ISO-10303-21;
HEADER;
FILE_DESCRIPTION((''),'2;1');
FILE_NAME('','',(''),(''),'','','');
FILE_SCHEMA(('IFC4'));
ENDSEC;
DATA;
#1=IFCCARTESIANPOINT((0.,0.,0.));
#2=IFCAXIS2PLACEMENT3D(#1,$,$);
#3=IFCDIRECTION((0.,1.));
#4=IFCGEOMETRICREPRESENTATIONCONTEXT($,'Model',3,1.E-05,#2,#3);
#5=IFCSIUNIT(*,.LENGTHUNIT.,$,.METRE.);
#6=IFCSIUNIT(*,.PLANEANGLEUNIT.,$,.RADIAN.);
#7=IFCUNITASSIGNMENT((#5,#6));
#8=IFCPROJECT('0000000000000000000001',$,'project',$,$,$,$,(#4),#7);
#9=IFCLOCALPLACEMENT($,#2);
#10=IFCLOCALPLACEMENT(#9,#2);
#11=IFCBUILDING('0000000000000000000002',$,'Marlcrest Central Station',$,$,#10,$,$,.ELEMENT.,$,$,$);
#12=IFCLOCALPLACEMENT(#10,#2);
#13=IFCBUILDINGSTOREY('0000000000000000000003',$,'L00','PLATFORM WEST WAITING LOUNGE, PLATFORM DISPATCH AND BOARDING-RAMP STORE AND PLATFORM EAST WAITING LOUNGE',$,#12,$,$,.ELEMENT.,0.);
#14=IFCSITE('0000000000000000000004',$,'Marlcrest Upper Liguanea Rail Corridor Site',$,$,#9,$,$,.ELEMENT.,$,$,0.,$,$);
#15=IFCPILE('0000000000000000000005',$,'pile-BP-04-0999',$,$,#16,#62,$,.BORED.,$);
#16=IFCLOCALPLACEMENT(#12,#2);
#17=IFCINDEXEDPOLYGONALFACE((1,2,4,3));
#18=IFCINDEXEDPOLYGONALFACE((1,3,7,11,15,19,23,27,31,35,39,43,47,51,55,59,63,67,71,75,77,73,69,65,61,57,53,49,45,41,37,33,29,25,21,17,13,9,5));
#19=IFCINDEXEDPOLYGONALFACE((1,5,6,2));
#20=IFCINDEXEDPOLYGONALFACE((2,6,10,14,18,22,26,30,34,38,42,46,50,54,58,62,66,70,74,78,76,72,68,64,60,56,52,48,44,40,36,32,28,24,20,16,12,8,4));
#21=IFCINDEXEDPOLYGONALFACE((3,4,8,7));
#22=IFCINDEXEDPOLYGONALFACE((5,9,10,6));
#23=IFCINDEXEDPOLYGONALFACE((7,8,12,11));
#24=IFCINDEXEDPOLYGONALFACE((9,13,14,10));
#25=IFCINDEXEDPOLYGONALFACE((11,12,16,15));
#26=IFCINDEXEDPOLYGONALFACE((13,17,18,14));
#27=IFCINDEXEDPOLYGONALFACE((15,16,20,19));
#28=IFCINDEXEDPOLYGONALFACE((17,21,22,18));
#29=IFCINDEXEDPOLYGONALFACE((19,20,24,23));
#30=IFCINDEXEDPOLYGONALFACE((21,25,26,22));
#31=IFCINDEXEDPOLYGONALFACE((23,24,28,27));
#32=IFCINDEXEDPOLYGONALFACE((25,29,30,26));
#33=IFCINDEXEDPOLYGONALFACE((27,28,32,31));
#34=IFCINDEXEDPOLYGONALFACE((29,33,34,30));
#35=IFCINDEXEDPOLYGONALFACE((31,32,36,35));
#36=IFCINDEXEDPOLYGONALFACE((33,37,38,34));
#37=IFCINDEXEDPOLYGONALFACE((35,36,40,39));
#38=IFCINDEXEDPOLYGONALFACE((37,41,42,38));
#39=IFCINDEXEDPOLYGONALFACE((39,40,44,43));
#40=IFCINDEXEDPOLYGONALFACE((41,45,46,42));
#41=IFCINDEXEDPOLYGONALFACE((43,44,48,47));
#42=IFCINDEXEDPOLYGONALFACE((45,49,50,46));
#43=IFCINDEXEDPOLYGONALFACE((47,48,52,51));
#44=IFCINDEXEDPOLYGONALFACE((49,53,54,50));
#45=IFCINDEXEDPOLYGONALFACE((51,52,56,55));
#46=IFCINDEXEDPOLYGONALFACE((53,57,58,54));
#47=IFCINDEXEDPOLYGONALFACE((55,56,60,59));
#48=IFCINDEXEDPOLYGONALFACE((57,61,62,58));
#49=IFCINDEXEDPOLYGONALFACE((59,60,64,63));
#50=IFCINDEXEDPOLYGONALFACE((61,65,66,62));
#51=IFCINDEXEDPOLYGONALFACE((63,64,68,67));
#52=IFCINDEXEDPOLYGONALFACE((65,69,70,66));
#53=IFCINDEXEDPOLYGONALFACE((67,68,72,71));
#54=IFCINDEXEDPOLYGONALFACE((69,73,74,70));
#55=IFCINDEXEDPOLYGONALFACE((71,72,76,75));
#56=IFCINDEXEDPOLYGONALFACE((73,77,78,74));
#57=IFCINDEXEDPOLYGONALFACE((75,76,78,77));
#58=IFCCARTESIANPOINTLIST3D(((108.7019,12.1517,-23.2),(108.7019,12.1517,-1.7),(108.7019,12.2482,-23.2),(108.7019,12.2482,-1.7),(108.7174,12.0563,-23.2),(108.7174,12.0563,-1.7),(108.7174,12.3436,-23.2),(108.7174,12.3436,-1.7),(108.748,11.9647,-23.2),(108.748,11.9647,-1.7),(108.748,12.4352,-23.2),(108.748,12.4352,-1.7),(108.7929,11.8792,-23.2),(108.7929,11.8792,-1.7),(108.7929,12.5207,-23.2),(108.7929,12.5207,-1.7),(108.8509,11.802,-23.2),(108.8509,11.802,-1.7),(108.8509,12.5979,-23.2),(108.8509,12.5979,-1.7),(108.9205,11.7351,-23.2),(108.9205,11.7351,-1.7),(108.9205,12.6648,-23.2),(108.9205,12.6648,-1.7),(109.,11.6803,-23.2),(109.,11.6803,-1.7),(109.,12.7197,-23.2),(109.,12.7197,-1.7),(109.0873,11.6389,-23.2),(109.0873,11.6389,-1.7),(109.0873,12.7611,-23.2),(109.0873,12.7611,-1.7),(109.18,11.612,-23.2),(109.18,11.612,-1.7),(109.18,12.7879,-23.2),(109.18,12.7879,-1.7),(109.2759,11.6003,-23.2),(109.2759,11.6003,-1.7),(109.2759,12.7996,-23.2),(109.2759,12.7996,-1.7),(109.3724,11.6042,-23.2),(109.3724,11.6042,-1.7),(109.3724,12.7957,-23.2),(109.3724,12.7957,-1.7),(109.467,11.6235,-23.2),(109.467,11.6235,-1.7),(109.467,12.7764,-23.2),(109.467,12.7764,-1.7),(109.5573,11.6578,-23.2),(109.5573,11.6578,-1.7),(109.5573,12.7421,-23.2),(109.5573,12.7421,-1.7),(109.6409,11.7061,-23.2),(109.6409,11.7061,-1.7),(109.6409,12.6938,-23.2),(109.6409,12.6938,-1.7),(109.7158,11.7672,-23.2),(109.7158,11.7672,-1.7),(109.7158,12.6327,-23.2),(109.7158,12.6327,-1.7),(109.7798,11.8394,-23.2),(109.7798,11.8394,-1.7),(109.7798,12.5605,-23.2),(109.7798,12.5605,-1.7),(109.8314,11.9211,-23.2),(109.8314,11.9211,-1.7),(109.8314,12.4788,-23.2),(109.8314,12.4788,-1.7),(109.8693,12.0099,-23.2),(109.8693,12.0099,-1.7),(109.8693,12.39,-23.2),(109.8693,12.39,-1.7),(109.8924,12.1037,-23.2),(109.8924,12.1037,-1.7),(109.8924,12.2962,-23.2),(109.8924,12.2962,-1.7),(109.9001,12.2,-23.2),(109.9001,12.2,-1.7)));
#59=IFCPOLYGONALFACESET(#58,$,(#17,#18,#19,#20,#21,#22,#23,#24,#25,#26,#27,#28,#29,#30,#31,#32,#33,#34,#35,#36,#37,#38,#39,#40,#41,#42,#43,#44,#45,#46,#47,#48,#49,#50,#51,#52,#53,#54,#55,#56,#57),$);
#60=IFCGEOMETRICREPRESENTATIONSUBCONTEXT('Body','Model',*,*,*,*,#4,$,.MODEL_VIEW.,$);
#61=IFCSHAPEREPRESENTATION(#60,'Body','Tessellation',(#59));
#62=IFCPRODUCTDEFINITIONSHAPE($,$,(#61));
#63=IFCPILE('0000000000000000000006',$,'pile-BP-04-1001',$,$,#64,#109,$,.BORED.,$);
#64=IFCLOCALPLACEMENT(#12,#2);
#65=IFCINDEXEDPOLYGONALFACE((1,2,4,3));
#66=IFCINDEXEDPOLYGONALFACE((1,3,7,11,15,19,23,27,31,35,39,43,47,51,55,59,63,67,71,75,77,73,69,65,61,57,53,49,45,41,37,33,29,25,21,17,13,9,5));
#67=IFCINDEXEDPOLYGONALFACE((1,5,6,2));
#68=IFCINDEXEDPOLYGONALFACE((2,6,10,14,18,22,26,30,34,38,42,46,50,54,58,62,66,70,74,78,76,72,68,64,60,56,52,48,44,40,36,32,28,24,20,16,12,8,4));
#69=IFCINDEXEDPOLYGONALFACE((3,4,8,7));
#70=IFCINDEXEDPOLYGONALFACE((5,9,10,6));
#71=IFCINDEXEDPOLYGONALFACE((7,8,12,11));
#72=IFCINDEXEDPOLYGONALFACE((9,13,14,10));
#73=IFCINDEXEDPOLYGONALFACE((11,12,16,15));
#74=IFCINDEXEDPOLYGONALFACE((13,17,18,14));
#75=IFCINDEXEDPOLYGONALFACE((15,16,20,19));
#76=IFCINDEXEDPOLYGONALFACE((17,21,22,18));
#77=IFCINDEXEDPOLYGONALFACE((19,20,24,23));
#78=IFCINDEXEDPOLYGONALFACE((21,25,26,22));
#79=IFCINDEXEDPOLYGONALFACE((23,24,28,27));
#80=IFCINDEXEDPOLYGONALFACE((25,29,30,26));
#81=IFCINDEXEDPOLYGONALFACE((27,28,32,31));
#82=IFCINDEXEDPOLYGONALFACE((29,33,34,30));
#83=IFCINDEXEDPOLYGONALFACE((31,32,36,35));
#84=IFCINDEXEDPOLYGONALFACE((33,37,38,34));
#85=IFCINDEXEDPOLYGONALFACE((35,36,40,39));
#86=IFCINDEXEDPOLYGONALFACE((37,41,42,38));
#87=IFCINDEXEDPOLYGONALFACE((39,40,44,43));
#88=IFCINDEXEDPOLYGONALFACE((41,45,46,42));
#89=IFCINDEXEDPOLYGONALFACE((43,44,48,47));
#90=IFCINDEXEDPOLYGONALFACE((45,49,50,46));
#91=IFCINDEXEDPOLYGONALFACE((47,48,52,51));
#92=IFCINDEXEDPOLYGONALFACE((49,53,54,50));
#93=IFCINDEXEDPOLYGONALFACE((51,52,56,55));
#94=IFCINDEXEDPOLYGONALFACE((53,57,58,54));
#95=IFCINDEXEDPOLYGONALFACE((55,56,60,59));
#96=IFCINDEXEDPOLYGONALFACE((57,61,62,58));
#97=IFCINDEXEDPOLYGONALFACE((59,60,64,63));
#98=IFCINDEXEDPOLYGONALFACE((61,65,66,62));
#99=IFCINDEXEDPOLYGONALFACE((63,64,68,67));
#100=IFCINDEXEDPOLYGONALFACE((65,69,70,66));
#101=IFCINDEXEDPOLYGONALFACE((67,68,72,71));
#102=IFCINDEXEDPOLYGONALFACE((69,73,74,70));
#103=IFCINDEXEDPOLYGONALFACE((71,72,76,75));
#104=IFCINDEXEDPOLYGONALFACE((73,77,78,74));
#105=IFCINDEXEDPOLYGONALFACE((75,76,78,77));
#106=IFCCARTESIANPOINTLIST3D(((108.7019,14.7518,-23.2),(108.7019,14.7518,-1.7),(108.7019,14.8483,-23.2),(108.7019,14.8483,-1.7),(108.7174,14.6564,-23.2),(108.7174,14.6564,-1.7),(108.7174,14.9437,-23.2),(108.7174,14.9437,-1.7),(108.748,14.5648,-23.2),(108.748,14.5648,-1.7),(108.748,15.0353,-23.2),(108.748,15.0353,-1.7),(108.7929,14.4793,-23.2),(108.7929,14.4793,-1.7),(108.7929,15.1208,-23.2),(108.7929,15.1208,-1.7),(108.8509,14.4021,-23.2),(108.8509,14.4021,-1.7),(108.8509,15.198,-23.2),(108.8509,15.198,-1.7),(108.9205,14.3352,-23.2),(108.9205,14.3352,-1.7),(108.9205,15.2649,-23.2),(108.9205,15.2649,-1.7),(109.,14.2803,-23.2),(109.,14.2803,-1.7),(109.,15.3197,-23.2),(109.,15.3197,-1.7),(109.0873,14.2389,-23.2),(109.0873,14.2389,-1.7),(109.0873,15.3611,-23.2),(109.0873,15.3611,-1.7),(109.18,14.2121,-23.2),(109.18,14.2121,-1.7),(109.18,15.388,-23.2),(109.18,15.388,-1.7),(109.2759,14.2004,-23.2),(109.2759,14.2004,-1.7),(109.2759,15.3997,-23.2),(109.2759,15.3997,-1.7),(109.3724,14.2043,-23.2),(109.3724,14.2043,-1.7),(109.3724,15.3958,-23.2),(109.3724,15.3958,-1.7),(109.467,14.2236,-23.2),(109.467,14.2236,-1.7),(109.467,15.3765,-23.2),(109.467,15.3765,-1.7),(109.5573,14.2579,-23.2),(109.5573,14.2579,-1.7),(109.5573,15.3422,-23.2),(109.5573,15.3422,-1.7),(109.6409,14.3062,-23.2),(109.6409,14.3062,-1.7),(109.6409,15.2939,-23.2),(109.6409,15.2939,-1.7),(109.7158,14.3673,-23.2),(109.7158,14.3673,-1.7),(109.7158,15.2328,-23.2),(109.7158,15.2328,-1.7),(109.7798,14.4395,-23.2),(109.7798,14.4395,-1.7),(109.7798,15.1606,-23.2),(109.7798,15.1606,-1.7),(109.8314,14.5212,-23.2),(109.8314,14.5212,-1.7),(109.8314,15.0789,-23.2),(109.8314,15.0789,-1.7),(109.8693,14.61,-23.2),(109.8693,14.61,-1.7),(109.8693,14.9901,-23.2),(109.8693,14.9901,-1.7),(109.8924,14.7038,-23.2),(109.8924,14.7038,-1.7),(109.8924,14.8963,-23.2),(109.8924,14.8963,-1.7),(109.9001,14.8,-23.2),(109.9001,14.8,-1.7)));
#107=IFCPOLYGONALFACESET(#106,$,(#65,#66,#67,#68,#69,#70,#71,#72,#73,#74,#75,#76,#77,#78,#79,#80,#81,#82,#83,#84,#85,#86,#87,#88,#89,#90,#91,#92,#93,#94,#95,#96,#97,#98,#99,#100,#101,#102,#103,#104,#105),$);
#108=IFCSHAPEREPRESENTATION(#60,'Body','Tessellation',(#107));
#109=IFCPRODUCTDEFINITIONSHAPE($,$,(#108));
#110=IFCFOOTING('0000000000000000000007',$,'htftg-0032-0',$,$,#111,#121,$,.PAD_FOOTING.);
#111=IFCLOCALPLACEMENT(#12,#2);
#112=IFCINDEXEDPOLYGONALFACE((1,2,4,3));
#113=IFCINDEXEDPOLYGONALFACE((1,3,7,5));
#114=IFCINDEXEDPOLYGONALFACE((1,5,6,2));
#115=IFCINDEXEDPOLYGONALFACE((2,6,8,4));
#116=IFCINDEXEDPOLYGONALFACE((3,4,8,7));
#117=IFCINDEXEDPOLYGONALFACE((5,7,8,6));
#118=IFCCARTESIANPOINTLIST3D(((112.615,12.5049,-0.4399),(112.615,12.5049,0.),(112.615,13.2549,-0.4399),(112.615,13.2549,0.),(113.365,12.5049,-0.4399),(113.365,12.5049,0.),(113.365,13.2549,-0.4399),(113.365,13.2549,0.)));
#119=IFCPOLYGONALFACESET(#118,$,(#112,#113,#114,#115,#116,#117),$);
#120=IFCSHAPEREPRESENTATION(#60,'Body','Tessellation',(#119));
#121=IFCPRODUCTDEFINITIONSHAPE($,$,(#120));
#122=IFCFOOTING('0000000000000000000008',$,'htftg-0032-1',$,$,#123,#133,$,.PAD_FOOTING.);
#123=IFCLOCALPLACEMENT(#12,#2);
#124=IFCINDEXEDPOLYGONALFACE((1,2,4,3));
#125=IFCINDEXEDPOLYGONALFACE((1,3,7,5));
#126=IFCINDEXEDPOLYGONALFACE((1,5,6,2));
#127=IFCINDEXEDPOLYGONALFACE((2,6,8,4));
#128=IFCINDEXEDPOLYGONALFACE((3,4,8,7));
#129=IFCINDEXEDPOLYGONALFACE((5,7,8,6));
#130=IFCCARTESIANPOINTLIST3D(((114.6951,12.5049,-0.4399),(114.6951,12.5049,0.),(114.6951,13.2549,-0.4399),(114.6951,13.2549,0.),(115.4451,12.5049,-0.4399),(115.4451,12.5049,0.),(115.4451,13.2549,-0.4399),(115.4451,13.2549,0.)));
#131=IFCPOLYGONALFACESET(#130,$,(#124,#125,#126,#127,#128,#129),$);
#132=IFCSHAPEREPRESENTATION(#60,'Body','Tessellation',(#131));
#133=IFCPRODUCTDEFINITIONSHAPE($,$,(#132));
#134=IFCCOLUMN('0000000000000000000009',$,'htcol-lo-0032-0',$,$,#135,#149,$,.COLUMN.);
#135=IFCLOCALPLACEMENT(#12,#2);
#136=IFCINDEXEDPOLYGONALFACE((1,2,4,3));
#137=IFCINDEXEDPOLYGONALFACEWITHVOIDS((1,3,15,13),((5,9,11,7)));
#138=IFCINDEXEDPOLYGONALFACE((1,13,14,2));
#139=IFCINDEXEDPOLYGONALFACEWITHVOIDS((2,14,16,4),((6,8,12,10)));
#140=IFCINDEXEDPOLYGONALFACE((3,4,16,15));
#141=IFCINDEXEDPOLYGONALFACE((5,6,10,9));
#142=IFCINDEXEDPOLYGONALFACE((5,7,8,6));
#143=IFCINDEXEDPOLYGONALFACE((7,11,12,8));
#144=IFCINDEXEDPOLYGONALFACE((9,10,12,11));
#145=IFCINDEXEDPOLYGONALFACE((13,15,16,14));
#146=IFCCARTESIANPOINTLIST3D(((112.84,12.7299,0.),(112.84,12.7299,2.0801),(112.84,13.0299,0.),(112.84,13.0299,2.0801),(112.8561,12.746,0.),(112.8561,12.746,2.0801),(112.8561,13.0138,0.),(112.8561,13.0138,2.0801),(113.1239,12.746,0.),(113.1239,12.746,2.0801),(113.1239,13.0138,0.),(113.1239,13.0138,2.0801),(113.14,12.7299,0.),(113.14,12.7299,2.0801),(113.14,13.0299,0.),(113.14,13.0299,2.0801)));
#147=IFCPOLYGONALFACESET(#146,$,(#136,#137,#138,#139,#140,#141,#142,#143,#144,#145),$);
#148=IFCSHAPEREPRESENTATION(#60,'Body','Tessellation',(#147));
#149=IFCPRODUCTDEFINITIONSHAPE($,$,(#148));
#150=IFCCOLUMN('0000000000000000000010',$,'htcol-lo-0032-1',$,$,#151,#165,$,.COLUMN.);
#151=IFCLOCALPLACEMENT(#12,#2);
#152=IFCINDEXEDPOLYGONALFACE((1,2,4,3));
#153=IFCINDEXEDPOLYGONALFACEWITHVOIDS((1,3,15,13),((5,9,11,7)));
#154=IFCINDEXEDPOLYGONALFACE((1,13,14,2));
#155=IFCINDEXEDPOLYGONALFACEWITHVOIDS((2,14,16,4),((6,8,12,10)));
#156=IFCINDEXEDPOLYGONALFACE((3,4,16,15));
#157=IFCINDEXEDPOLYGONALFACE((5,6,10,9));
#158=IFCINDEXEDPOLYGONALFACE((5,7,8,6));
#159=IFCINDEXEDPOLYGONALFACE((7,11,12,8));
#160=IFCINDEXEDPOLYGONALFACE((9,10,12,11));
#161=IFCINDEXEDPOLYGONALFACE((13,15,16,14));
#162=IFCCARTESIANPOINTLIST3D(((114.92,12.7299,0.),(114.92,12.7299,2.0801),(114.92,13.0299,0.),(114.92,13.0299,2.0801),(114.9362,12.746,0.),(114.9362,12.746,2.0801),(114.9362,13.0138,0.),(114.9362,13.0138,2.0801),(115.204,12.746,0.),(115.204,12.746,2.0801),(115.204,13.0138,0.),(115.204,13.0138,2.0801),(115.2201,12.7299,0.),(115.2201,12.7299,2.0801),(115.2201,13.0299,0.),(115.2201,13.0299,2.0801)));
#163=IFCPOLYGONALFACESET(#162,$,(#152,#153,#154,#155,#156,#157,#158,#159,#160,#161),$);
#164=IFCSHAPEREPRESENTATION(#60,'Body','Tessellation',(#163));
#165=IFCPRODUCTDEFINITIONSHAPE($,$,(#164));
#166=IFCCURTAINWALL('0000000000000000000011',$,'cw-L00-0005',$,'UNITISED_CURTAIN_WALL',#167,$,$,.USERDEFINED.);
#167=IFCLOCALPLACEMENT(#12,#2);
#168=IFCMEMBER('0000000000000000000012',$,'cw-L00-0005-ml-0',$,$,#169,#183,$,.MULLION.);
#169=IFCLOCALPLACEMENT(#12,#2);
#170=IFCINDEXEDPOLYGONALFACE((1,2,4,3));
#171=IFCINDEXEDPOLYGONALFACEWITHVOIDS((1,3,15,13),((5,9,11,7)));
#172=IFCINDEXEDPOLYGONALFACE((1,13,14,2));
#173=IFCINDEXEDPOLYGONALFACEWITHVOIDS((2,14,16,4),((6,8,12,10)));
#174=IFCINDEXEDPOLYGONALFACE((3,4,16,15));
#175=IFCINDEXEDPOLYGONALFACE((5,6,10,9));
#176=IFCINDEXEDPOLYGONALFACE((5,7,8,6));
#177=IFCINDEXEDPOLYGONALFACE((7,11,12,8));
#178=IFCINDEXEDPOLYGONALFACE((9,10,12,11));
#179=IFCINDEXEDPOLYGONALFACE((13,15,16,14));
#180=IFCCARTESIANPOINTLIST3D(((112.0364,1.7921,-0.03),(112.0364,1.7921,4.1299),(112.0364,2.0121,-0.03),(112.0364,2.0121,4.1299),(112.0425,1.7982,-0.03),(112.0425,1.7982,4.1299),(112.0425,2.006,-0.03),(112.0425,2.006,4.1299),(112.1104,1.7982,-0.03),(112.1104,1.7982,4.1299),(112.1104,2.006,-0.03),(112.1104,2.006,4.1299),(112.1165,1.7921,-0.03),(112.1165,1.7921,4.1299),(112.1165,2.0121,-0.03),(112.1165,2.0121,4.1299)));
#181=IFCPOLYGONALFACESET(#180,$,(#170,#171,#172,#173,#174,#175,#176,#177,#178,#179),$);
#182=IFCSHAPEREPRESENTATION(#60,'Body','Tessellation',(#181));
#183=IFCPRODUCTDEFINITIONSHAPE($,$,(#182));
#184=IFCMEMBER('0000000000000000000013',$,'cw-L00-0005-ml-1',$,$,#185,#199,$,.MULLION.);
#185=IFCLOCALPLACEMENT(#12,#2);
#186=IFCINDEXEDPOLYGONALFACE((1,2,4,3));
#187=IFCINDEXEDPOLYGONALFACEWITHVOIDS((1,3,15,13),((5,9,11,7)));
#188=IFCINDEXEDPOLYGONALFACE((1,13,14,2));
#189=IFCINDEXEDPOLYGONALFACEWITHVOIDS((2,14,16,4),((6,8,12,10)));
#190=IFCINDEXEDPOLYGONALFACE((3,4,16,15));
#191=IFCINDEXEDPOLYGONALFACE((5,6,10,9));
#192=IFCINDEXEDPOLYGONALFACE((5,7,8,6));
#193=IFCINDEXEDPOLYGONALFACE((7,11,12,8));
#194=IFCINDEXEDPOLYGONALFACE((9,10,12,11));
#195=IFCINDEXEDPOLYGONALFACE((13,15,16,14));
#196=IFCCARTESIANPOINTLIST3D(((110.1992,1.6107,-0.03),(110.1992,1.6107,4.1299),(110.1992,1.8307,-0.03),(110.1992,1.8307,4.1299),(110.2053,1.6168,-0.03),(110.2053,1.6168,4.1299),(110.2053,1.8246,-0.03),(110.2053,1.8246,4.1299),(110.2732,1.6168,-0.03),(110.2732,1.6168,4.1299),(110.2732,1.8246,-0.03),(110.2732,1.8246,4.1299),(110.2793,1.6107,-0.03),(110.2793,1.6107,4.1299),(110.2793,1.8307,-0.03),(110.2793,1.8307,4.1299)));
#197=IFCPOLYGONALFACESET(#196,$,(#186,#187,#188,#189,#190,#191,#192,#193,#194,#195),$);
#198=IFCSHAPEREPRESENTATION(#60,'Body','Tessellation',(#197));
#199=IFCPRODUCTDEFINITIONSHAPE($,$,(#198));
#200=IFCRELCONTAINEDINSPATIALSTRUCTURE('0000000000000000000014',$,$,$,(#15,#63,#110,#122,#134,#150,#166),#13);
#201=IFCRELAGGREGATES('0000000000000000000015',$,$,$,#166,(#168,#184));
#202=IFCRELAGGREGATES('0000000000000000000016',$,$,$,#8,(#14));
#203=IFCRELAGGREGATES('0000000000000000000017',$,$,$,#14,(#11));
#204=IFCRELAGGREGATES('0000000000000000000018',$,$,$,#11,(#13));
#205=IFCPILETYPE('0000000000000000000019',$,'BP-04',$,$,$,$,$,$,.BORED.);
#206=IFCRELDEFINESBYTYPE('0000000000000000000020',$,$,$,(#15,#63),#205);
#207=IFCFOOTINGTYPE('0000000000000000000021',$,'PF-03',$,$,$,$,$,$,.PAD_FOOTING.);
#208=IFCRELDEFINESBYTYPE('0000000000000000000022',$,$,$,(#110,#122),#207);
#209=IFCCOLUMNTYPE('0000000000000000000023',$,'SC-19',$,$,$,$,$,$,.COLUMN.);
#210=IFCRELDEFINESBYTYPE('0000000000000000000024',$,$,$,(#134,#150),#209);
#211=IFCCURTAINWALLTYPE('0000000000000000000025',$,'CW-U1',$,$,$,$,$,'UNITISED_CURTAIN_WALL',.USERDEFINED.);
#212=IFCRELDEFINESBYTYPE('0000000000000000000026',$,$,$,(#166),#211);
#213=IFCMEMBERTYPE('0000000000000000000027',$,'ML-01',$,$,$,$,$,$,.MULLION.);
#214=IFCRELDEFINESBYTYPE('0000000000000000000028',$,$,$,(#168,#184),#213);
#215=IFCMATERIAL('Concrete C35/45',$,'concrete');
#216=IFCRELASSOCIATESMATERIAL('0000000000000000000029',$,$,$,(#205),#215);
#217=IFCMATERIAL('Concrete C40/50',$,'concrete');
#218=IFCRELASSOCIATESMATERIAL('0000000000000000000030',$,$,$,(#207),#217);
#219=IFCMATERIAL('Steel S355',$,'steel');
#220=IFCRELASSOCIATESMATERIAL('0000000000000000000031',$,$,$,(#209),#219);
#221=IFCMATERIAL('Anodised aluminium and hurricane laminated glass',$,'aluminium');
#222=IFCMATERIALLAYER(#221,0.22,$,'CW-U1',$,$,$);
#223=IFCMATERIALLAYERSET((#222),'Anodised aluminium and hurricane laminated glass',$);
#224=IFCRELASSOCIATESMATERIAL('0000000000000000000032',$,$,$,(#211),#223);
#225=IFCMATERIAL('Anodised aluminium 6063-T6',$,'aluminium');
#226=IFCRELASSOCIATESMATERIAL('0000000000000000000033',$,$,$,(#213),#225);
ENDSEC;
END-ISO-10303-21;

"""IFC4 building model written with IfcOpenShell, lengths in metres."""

from ifc_helpers import new_model, si_unit, direction, frame, origin, origin_2d, place, context, subcontext, project, spatial, rectangle, hollow_rectangle, circle, extrude, material, layer, layer_set, material_profile, profile_set, type_object, element, aggregate, save


model = new_model("IFC4")

# Units and contexts
model_context = context("Model", 3, precision=1e-05, world=origin(), true_north=direction((0.0, 1.0)))
body_context = subcontext(model_context, "Body", "Model", "MODEL_VIEW")
ifc_project = project(units=[si_unit("LENGTHUNIT", "METRE"), si_unit("PLANEANGLEUNIT", "RADIAN")], contexts=[model_context])

# Site, building, storey
site_placement = place(None, origin())
site = spatial("IfcSite", under=ifc_project, at=site_placement, Name="Marlcrest Upper Liguanea Rail Corridor Site", CompositionType="ELEMENT", RefElevation=0.0)
building_placement = place(site_placement, origin())
building = spatial("IfcBuilding", under=site, at=building_placement, Name="Marlcrest Central Station", CompositionType="ELEMENT")
storey_placement = place(building_placement, origin())
storey = spatial("IfcBuildingStorey", under=building, at=storey_placement, Name="L00", Description="PLATFORM WEST WAITING LOUNGE, PLATFORM DISPATCH AND BOARDING-RAMP STORE AND PLATFORM EAST WAITING LOUNGE", CompositionType="ELEMENT", Elevation=0.0)

# Piles
ifc_material_1 = material(Name="Concrete C35/45", Category="concrete")
ifc_material_profile_1 = material_profile(ifc_material_1, circle(Radius=0.6001, at=origin_2d()), Name="PILE D1200")
ifc_profile_set_1 = profile_set([ifc_material_profile_1], Name="Concrete C35/45")
pile_type_1 = type_object("IfcPileType", Name="BP-04", PredefinedType="BORED", material=ifc_profile_set_1)
for number, where, z_axis, x_axis, name in (
    (1, (109.3, 12.2, -1.7), (0.0, 0.0, -1.0), (1.0, 0.0, 0.0), "pile-BP-04-0999"),
    (2, (109.3, 14.8, -1.7), (0.0, 0.0, -1.0), (1.0, 0.0, 0.0), "pile-BP-04-1001"),
):
    element("IfcPile", number, at=place(storey_placement, frame(where, z_axis=z_axis, x_axis=x_axis)), inside=storey, type_object=pile_type_1, Name=name, PredefinedType="BORED", context=body_context, shape_type="SweptSolid", body=[
        extrude(circle(Radius=0.6001, at=origin_2d()), origin(), (0.0, 0.0, 1.0), 21.5),
    ])

# Footings
ifc_material_2 = material(Name="Concrete C40/50", Category="concrete")
footing_type = type_object("IfcFootingType", Name="PF-03", PredefinedType="PAD_FOOTING", material=ifc_material_2)
for number, where, z_axis, x_axis, name in (
    (3, (112.99, 12.8799, -0.4399), (0.0, 0.0, 1.0), (1.0, 0.0, 0.0), "htftg-0032-0"),
    (4, (115.0701, 12.8799, -0.4399), (0.0, 0.0, 1.0), (1.0, 0.0, 0.0), "htftg-0032-1"),
):
    element("IfcFooting", number, at=place(storey_placement, frame(where, z_axis=z_axis, x_axis=x_axis)), inside=storey, type_object=footing_type, Name=name, PredefinedType="PAD_FOOTING", context=body_context, shape_type="SweptSolid", body=[
        extrude(rectangle(XDim=0.75, YDim=0.75, at=origin_2d()), origin(), (0.0, 0.0, 1.0), 0.4399),
    ])

# Columns
ifc_material_3 = material(Name="Steel S355", Category="steel")
ifc_material_profile_2 = material_profile(ifc_material_3, hollow_rectangle(XDim=0.3, YDim=0.3, WallThickness=0.0161, at=origin_2d()), Name="SHS 300x300x16")
ifc_profile_set_2 = profile_set([ifc_material_profile_2], Name="Steel S355")
column_type = type_object("IfcColumnType", Name="SC-19", PredefinedType="COLUMN", material=ifc_profile_set_2)
for number, where, z_axis, x_axis, name in (
    (5, (112.99, 12.8799, 0.0), (0.0, 0.0, 1.0), (1.0, 0.0, 0.0), "htcol-lo-0032-0"),
    (6, (115.0701, 12.8799, 0.0), (0.0, 0.0, 1.0), (1.0, 0.0, 0.0), "htcol-lo-0032-1"),
):
    element("IfcColumn", number, at=place(storey_placement, frame(where, z_axis=z_axis, x_axis=x_axis)), inside=storey, type_object=column_type, Name=name, PredefinedType="COLUMN", context=body_context, shape_type="SweptSolid", body=[
        extrude(hollow_rectangle(XDim=0.3, YDim=0.3, WallThickness=0.0161, at=origin_2d()), origin(), (0.0, 0.0, 1.0), 2.0801),
    ])

# Curtain wall, members
ifc_material_4 = material(Name="Anodised aluminium and hurricane laminated glass", Category="aluminium")
ifc_layer_1 = layer(ifc_material_4, 0.22, Name="CW-U1")
ifc_layer_set_1 = layer_set([ifc_layer_1], Name="Anodised aluminium and hurricane laminated glass")
curtain_wall_type = type_object("IfcCurtainWallType", Name="CW-U1", ElementType="UNITISED_CURTAIN_WALL", PredefinedType="USERDEFINED", material=ifc_layer_set_1)
curtain_wall_placement = place(storey_placement, origin())
curtain_wall = element("IfcCurtainWall", 7, at=curtain_wall_placement, inside=storey, type_object=curtain_wall_type, Name="cw-L00-0005", ObjectType="UNITISED_CURTAIN_WALL", PredefinedType="USERDEFINED")
ifc_material_5 = material(Name="Anodised aluminium 6063-T6", Category="aluminium")
ifc_material_profile_3 = material_profile(ifc_material_5, hollow_rectangle(XDim=0.0801, YDim=0.22, WallThickness=0.0061, at=origin_2d()), Name="AA-RHS 220x80x6")
ifc_profile_set_3 = profile_set([ifc_material_profile_3], Name="Anodised aluminium 6063-T6")
member_type_1 = type_object("IfcMemberType", Name="ML-01", PredefinedType="MULLION", material=ifc_profile_set_3)
member_1_placement = place(storey_placement, frame((112.0764, 1.9021, -0.03), z_axis=(0.0, 0.0, 1.0), x_axis=(1.0, 0.0, 0.0)))
member_1 = element("IfcMember", 8, at=member_1_placement, type_object=member_type_1, Name="cw-L00-0005-ml-0", PredefinedType="MULLION", context=body_context, shape_type="SweptSolid", body=[
    extrude(hollow_rectangle(XDim=0.0801, YDim=0.22, WallThickness=0.0061, at=origin_2d()), origin(), (0.0, 0.0, 1.0), 4.1599),
])
member_2_placement = place(storey_placement, frame((110.2393, 1.7207, -0.03), z_axis=(0.0, 0.0, 1.0), x_axis=(1.0, 0.0, 0.0)))
member_2 = element("IfcMember", 9, at=member_2_placement, type_object=member_type_1, Name="cw-L00-0005-ml-1", PredefinedType="MULLION", context=body_context, shape_type="SweptSolid", body=[
    extrude(hollow_rectangle(XDim=0.0801, YDim=0.22, WallThickness=0.0061, at=origin_2d()), origin(), (0.0, 0.0, 1.0), 4.1599),
])
aggregate(curtain_wall, [member_1, member_2])

save(model, "model.ifc")
